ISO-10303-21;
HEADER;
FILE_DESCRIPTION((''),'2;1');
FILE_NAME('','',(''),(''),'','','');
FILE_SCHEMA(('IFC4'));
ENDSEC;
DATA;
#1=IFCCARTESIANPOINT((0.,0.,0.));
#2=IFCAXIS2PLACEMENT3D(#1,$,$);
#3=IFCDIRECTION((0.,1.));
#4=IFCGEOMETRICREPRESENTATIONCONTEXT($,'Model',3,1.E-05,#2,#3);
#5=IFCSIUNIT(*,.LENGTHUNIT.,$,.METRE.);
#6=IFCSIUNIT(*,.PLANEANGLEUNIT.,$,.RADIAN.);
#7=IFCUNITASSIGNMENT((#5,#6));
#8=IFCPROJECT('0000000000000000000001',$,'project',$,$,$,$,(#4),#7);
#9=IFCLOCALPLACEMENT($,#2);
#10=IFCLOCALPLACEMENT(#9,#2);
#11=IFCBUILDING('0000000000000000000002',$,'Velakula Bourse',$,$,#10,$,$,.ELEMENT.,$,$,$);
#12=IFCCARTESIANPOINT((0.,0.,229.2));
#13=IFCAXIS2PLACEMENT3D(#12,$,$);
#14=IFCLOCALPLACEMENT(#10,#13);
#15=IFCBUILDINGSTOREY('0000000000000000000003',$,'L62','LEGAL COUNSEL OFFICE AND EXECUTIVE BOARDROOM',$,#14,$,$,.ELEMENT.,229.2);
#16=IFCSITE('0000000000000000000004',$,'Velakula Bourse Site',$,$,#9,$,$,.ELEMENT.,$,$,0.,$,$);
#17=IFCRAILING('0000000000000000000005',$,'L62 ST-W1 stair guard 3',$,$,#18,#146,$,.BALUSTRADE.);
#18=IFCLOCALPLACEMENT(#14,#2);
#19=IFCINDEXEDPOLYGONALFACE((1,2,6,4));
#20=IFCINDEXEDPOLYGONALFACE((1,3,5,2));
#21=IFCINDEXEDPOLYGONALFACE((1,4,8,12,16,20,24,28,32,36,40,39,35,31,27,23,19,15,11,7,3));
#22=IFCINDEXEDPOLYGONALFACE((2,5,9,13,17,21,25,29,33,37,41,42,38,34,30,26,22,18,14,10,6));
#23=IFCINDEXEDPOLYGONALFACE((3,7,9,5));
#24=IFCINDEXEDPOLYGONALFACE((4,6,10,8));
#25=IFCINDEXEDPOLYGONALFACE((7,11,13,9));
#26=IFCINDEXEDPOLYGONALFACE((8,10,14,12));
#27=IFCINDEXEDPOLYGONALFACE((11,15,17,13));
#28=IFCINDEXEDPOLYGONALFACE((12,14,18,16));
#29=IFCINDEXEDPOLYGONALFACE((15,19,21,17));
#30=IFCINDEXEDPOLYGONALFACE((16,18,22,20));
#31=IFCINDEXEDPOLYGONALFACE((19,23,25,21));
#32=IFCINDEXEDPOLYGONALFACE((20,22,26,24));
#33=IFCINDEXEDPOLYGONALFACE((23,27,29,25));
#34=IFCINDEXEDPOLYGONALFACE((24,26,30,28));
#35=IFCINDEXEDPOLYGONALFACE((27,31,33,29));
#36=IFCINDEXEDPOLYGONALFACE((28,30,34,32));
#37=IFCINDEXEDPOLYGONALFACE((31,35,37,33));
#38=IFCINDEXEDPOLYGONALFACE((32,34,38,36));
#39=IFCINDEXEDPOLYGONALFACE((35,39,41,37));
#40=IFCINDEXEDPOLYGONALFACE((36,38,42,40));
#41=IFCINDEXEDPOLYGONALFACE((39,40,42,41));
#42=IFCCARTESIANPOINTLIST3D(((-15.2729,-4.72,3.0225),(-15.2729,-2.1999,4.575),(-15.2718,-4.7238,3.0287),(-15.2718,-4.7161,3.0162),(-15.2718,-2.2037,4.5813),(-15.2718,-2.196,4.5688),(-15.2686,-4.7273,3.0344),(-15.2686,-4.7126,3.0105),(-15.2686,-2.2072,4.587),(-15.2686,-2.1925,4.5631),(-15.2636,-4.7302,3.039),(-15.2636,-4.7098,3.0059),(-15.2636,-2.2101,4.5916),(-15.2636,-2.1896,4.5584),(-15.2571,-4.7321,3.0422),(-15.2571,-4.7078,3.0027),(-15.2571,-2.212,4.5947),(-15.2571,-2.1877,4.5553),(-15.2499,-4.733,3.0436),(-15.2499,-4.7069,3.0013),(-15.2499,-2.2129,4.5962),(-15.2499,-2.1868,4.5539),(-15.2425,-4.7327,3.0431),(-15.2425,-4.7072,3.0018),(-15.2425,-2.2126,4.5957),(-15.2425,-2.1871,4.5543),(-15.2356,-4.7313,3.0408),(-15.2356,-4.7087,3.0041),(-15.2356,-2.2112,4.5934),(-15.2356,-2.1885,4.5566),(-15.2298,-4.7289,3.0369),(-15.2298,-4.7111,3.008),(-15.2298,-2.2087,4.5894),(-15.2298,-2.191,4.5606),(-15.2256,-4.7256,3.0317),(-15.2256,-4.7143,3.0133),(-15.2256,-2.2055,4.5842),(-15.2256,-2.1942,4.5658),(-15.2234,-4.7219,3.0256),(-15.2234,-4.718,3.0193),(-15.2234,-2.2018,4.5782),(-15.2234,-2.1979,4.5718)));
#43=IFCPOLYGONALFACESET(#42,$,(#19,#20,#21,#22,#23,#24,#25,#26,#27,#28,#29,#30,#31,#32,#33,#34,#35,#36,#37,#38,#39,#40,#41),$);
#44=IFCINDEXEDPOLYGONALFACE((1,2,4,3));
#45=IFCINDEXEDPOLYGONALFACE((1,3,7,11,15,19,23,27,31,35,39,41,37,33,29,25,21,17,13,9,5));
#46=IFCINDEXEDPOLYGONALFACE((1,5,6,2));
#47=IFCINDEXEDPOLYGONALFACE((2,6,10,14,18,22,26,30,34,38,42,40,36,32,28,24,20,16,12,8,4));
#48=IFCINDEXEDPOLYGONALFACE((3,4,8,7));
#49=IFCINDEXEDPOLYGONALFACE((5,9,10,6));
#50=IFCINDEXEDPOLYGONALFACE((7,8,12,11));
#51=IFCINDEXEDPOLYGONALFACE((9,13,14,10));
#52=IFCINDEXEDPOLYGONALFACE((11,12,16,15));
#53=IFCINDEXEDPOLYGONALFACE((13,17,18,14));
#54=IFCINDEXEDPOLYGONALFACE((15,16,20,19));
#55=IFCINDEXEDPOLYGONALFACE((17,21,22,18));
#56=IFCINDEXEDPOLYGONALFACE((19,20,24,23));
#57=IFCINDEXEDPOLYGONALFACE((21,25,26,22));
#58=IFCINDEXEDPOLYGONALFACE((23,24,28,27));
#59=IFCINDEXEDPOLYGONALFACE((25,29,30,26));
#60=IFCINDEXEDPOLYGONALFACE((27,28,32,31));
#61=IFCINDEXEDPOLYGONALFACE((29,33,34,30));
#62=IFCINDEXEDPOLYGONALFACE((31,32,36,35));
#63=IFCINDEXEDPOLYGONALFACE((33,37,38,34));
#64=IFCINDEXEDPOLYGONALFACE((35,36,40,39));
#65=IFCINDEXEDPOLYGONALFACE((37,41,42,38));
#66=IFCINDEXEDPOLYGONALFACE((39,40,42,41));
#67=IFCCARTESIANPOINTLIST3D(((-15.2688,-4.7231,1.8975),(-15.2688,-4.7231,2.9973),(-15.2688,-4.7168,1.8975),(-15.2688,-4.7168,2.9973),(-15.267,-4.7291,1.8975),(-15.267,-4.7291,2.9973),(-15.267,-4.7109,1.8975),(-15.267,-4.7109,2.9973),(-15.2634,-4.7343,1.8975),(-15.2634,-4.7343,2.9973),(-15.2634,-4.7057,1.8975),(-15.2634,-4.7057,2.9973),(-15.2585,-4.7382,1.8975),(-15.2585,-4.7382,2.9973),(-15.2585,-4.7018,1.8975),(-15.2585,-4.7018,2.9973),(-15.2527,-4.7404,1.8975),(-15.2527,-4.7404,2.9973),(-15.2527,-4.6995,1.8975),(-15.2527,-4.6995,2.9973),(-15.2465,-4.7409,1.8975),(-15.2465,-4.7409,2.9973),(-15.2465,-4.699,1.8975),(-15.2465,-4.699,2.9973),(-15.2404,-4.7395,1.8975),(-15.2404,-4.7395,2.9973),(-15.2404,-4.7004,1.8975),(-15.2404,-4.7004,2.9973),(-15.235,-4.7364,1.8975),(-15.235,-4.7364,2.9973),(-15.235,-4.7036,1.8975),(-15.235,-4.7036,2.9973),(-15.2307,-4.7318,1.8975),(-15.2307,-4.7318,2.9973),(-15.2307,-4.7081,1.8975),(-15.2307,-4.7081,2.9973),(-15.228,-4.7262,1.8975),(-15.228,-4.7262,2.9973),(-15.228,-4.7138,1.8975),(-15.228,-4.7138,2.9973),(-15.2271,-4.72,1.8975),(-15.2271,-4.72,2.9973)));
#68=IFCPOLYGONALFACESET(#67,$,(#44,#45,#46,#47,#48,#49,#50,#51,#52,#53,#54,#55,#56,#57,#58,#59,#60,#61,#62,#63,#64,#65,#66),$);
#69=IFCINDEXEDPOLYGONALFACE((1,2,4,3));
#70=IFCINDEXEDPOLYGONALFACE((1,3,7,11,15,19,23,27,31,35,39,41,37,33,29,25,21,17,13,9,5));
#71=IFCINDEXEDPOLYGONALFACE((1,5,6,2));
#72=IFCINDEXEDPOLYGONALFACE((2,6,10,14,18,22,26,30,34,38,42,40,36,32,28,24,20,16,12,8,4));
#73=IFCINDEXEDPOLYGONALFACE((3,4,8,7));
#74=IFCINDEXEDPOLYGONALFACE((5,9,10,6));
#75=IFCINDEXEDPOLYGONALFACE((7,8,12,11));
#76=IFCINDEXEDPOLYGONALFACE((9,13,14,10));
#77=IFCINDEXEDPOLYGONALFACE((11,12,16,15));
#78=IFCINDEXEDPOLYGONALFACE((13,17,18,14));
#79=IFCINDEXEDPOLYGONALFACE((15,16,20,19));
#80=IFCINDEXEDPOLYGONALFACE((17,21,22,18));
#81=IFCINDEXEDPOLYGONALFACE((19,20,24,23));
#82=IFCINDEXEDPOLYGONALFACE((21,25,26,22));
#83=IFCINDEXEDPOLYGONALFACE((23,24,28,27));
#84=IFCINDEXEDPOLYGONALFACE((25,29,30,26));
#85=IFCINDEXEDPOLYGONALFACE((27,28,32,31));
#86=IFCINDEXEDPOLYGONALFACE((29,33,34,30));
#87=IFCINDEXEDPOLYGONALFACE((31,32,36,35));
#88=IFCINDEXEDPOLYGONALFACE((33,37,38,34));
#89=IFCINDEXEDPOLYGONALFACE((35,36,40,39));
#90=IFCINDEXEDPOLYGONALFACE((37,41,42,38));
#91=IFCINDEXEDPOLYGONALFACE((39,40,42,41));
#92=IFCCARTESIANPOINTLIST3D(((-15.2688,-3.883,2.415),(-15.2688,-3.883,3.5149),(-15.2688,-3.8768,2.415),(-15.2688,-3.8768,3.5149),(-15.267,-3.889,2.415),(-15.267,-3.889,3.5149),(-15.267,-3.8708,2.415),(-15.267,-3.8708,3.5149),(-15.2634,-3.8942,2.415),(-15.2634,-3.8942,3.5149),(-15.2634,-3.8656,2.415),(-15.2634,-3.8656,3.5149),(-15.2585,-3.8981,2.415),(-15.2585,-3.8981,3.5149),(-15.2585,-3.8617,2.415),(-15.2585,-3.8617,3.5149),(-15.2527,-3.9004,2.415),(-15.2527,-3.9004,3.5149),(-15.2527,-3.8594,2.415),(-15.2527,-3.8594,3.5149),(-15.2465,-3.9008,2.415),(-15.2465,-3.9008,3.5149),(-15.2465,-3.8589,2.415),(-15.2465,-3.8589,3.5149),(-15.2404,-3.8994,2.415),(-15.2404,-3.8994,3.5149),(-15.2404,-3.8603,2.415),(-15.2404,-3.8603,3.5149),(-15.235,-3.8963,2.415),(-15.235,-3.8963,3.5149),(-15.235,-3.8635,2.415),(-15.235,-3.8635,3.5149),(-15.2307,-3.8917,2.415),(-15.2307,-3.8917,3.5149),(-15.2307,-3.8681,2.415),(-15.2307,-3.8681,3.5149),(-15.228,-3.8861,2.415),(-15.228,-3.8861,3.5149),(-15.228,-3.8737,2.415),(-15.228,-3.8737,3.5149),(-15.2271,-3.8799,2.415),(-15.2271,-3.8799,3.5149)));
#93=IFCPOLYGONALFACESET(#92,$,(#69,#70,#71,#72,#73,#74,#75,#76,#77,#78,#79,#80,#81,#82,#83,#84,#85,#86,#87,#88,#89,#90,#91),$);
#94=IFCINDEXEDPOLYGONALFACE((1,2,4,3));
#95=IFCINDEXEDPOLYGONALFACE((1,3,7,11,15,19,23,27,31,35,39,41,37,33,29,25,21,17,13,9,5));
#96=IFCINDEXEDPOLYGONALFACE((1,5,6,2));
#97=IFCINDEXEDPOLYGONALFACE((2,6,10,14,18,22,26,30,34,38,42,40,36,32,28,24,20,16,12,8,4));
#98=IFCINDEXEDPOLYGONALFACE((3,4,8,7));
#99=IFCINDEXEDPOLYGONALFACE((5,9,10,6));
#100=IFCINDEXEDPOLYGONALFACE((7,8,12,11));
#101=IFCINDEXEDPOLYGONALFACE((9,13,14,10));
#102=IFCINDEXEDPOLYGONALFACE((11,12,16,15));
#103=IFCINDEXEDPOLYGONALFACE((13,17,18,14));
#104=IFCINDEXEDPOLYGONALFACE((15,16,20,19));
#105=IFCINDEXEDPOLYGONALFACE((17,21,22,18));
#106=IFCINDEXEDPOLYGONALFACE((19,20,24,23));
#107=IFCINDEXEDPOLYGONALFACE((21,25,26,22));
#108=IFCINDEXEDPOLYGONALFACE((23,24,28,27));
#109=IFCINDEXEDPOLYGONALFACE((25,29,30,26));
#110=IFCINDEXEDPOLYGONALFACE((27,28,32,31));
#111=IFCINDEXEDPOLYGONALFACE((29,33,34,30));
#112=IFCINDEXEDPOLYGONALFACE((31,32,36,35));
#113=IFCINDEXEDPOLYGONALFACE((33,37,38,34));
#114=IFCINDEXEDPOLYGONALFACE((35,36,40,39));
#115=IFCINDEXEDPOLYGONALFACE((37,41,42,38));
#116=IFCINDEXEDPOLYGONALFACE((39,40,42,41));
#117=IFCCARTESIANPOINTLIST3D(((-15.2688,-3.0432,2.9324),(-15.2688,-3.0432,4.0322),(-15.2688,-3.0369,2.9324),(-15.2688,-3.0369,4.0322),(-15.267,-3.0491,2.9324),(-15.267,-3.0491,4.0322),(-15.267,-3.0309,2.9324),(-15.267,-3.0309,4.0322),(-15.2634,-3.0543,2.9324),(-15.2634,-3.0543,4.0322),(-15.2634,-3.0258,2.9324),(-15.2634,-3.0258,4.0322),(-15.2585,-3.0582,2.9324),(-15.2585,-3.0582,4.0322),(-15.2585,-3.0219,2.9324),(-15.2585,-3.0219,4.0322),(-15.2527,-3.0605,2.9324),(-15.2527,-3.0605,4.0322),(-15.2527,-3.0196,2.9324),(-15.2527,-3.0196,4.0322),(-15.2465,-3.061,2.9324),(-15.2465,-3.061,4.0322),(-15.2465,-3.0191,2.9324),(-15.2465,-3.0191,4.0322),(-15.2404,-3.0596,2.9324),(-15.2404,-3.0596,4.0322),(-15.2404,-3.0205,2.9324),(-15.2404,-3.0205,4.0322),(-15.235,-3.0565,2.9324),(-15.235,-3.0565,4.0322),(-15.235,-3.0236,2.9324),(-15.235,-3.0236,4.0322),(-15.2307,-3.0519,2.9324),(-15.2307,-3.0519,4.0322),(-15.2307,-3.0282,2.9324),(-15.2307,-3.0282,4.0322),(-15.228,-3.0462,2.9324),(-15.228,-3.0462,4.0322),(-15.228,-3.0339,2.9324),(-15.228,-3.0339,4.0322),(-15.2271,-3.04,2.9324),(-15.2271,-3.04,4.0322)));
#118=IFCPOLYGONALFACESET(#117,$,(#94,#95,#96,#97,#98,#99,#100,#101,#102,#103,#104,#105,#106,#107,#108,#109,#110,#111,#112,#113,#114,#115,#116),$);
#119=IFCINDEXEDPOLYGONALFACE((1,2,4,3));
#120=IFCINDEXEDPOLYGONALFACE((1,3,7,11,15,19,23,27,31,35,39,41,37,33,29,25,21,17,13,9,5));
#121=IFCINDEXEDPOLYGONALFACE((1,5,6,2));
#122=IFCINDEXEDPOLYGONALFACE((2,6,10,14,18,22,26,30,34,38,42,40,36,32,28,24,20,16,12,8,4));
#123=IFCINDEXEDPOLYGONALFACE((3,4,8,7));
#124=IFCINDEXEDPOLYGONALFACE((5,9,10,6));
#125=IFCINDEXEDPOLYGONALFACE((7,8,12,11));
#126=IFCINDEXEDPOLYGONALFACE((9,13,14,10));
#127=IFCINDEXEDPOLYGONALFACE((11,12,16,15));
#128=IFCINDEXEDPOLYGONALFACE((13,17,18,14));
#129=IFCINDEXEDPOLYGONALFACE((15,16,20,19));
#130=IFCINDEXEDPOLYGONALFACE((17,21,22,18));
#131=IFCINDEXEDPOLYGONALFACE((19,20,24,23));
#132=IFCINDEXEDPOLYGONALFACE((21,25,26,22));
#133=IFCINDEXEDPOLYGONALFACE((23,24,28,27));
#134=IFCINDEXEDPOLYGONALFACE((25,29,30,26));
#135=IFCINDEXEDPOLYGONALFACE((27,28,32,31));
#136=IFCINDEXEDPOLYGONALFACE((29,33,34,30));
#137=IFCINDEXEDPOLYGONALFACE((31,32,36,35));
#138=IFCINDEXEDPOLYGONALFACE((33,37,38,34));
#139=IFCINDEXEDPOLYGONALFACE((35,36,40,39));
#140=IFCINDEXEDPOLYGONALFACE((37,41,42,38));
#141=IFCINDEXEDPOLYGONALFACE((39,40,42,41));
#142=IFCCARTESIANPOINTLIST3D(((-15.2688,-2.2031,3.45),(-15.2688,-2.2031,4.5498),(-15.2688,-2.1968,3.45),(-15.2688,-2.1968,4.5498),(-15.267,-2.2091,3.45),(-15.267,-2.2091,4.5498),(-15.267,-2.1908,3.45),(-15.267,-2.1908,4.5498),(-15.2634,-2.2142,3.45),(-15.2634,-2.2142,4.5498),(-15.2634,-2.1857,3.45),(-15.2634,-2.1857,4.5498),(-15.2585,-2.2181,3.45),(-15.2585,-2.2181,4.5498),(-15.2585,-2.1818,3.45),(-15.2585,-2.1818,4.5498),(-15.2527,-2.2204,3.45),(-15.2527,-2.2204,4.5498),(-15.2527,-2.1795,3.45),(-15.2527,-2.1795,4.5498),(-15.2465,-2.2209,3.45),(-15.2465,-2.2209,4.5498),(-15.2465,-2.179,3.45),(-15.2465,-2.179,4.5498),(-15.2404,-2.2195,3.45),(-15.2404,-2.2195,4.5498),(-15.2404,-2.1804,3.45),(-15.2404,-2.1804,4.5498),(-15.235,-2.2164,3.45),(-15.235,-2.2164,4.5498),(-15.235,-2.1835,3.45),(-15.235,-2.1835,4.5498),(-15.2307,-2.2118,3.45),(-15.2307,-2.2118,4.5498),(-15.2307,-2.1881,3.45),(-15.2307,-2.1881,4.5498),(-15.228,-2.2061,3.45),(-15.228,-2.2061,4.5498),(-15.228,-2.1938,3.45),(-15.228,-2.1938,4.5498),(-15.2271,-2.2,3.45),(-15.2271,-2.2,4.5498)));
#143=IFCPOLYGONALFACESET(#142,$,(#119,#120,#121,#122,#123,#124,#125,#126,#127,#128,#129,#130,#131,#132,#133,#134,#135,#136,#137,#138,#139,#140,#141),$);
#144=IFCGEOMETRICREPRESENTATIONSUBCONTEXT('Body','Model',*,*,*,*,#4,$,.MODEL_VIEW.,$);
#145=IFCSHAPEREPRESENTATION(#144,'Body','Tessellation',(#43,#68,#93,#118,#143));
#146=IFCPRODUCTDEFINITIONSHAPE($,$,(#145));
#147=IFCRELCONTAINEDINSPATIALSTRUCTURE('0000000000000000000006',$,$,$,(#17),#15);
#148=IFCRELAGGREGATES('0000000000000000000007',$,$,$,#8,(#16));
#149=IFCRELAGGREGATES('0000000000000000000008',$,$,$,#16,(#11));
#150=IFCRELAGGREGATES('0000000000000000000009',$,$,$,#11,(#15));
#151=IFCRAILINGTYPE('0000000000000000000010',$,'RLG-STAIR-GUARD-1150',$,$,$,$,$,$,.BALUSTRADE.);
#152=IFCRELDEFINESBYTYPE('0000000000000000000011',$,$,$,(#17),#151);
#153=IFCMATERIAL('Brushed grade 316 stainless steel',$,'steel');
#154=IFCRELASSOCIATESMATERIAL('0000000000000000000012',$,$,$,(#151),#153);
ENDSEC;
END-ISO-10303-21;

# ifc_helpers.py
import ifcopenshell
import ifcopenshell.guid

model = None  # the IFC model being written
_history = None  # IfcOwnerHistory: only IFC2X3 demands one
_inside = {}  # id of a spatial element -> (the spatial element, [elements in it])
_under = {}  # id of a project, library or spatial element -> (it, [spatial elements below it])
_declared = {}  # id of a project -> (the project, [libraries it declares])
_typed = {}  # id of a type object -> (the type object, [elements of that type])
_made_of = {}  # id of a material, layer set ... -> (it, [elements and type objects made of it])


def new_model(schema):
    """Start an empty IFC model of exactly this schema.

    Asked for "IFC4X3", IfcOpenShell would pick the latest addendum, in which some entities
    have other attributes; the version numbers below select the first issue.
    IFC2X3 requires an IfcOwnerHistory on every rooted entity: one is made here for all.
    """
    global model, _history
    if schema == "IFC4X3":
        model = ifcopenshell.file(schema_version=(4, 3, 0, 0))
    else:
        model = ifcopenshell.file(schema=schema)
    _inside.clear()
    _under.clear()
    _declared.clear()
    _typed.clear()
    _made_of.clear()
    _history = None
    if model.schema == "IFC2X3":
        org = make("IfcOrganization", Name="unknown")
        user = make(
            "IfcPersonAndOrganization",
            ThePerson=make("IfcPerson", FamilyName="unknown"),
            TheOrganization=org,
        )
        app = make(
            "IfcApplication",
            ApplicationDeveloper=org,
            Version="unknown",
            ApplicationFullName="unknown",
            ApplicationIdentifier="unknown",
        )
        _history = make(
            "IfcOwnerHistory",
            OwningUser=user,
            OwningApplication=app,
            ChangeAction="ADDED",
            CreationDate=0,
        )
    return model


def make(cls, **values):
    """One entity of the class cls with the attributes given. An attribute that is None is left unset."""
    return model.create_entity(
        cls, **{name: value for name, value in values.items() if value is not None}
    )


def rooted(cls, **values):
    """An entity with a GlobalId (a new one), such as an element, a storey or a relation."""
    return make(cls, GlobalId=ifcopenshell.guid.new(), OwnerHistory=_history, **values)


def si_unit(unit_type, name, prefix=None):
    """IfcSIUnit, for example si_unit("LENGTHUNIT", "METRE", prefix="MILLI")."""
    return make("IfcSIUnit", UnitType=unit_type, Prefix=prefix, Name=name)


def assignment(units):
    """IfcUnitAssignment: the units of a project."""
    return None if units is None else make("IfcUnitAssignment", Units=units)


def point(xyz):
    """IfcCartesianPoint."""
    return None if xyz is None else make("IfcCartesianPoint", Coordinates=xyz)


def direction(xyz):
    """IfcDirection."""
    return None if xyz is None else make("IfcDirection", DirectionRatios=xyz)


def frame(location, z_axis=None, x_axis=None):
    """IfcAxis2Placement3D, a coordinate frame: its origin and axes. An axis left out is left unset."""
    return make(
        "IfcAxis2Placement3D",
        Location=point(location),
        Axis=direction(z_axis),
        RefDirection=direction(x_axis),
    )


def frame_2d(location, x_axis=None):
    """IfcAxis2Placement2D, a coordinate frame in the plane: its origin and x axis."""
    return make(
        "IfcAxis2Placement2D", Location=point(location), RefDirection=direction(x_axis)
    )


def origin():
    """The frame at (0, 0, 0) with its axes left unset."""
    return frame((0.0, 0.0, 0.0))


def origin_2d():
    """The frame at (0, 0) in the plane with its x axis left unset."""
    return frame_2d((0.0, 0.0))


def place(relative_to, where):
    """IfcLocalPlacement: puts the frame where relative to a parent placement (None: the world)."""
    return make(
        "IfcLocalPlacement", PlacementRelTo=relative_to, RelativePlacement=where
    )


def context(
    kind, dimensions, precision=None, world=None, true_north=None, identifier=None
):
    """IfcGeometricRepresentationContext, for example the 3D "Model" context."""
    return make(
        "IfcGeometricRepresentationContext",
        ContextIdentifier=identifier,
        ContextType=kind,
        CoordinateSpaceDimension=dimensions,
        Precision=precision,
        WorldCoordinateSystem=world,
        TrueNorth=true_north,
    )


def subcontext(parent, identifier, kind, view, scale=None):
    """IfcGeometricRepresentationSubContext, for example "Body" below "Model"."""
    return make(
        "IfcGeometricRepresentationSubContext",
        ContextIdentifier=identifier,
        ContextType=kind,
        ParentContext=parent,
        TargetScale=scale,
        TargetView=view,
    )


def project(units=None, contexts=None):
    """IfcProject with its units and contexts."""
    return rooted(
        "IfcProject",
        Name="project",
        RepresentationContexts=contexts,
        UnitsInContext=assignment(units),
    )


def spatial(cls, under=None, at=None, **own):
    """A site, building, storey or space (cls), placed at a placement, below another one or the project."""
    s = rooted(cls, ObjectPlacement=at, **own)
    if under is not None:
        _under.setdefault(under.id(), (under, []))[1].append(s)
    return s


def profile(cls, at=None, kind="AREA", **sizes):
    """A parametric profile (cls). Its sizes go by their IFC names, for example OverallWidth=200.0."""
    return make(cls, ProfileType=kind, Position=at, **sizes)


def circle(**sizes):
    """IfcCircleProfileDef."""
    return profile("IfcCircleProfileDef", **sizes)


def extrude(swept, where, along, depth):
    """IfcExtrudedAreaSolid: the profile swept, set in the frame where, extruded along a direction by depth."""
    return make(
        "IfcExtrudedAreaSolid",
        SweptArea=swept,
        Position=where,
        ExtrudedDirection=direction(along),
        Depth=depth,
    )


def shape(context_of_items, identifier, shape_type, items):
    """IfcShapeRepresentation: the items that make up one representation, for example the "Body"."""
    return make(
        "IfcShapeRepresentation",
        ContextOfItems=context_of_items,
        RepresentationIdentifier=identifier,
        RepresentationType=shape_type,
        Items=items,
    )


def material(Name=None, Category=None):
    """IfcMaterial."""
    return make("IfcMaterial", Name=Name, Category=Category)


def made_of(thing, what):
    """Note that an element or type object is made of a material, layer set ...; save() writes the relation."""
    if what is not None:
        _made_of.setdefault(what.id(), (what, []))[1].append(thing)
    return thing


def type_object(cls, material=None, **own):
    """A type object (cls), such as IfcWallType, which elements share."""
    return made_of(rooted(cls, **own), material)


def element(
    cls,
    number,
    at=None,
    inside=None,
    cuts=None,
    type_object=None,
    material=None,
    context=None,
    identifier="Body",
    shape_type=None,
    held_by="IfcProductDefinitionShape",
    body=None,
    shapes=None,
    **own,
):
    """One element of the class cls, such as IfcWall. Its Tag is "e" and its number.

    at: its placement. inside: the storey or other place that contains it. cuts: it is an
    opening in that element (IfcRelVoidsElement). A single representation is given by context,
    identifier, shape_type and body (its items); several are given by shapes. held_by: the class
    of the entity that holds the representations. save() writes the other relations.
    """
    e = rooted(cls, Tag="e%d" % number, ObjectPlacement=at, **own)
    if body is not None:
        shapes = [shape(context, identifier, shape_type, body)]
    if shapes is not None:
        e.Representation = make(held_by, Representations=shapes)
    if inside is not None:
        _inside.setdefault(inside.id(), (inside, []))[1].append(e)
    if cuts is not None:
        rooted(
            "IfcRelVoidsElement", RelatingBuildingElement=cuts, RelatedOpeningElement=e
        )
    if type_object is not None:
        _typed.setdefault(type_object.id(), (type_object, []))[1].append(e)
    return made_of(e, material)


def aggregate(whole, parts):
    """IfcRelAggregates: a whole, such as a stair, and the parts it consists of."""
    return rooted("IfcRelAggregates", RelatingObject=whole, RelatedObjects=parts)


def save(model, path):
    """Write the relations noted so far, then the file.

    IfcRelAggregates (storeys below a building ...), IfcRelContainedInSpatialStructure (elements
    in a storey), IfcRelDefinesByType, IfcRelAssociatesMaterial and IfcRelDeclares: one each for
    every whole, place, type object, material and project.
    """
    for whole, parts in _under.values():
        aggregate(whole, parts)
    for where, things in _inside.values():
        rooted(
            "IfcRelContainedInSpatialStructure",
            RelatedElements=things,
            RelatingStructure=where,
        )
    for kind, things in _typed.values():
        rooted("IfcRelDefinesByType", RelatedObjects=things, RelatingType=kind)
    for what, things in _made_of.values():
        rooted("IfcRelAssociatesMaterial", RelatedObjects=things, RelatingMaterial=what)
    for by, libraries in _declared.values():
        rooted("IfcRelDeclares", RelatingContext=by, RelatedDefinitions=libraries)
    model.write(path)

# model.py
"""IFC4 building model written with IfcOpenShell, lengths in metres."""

from ifc_helpers import new_model, si_unit, direction, frame, origin, origin_2d, place, context, subcontext, project, spatial, circle, extrude, material, type_object, element, save


model = new_model("IFC4")

# Units and contexts
model_context = context("Model", 3, precision=1e-05, world=origin(), true_north=direction((0.0, 1.0)))
body_context = subcontext(model_context, "Body", "Model", "MODEL_VIEW")
ifc_project = project(units=[si_unit("LENGTHUNIT", "METRE"), si_unit("PLANEANGLEUNIT", "RADIAN")], contexts=[model_context])

# Site, building, storey
site_placement = place(None, origin())
site = spatial("IfcSite", under=ifc_project, at=site_placement, Name="Velakula Bourse Site", CompositionType="ELEMENT", RefElevation=0.0)
building_placement = place(site_placement, origin())
building = spatial("IfcBuilding", under=site, at=building_placement, Name="Velakula Bourse", CompositionType="ELEMENT")
storey_placement = place(building_placement, frame((0.0, 0.0, 229.2)))
storey = spatial("IfcBuildingStorey", under=building, at=storey_placement, Name="L62", Description="LEGAL COUNSEL OFFICE AND EXECUTIVE BOARDROOM", CompositionType="ELEMENT", Elevation=229.2)

# Shared definitions
ifc_material_1 = material(Name="Brushed grade 316 stainless steel", Category="steel")

# Railing
railing_type_1 = type_object("IfcRailingType", Name="RLG-STAIR-GUARD-1150", PredefinedType="BALUSTRADE", material=ifc_material_1)
railing_1_placement = place(storey_placement, frame((-15.248, -4.72, 1.8975)))
element("IfcRailing", 1, at=railing_1_placement, inside=storey, type_object=railing_type_1, Name="L62 ST-W1 stair guard 3", PredefinedType="BALUSTRADE", context=body_context, shape_type="SweptSolid", body=[
    extrude(circle(Radius=0.0249, at=origin_2d()), frame((0.0, 0.0, 1.125), z_axis=(0.0, 0.8514, 0.524516), x_axis=(-1.0, 0.0, 0.0)), (0.0, 0.0, 1.0), 2.96),
    extrude(circle(Radius=0.021, at=origin_2d()), origin(), (0.0, 0.0, 1.0), 1.0999),
    extrude(circle(Radius=0.021, at=origin_2d()), frame((0.0, 0.8401, 0.5176)), (0.0, 0.0, 1.0), 1.0999),
    extrude(circle(Radius=0.021, at=origin_2d()), frame((0.0, 1.6799, 1.0349)), (0.0, 0.0, 1.0), 1.0999),
    extrude(circle(Radius=0.021, at=origin_2d()), frame((0.0, 2.52, 1.5525)), (0.0, 0.0, 1.0), 1.0999),
])

save(model, "model.ifc")
